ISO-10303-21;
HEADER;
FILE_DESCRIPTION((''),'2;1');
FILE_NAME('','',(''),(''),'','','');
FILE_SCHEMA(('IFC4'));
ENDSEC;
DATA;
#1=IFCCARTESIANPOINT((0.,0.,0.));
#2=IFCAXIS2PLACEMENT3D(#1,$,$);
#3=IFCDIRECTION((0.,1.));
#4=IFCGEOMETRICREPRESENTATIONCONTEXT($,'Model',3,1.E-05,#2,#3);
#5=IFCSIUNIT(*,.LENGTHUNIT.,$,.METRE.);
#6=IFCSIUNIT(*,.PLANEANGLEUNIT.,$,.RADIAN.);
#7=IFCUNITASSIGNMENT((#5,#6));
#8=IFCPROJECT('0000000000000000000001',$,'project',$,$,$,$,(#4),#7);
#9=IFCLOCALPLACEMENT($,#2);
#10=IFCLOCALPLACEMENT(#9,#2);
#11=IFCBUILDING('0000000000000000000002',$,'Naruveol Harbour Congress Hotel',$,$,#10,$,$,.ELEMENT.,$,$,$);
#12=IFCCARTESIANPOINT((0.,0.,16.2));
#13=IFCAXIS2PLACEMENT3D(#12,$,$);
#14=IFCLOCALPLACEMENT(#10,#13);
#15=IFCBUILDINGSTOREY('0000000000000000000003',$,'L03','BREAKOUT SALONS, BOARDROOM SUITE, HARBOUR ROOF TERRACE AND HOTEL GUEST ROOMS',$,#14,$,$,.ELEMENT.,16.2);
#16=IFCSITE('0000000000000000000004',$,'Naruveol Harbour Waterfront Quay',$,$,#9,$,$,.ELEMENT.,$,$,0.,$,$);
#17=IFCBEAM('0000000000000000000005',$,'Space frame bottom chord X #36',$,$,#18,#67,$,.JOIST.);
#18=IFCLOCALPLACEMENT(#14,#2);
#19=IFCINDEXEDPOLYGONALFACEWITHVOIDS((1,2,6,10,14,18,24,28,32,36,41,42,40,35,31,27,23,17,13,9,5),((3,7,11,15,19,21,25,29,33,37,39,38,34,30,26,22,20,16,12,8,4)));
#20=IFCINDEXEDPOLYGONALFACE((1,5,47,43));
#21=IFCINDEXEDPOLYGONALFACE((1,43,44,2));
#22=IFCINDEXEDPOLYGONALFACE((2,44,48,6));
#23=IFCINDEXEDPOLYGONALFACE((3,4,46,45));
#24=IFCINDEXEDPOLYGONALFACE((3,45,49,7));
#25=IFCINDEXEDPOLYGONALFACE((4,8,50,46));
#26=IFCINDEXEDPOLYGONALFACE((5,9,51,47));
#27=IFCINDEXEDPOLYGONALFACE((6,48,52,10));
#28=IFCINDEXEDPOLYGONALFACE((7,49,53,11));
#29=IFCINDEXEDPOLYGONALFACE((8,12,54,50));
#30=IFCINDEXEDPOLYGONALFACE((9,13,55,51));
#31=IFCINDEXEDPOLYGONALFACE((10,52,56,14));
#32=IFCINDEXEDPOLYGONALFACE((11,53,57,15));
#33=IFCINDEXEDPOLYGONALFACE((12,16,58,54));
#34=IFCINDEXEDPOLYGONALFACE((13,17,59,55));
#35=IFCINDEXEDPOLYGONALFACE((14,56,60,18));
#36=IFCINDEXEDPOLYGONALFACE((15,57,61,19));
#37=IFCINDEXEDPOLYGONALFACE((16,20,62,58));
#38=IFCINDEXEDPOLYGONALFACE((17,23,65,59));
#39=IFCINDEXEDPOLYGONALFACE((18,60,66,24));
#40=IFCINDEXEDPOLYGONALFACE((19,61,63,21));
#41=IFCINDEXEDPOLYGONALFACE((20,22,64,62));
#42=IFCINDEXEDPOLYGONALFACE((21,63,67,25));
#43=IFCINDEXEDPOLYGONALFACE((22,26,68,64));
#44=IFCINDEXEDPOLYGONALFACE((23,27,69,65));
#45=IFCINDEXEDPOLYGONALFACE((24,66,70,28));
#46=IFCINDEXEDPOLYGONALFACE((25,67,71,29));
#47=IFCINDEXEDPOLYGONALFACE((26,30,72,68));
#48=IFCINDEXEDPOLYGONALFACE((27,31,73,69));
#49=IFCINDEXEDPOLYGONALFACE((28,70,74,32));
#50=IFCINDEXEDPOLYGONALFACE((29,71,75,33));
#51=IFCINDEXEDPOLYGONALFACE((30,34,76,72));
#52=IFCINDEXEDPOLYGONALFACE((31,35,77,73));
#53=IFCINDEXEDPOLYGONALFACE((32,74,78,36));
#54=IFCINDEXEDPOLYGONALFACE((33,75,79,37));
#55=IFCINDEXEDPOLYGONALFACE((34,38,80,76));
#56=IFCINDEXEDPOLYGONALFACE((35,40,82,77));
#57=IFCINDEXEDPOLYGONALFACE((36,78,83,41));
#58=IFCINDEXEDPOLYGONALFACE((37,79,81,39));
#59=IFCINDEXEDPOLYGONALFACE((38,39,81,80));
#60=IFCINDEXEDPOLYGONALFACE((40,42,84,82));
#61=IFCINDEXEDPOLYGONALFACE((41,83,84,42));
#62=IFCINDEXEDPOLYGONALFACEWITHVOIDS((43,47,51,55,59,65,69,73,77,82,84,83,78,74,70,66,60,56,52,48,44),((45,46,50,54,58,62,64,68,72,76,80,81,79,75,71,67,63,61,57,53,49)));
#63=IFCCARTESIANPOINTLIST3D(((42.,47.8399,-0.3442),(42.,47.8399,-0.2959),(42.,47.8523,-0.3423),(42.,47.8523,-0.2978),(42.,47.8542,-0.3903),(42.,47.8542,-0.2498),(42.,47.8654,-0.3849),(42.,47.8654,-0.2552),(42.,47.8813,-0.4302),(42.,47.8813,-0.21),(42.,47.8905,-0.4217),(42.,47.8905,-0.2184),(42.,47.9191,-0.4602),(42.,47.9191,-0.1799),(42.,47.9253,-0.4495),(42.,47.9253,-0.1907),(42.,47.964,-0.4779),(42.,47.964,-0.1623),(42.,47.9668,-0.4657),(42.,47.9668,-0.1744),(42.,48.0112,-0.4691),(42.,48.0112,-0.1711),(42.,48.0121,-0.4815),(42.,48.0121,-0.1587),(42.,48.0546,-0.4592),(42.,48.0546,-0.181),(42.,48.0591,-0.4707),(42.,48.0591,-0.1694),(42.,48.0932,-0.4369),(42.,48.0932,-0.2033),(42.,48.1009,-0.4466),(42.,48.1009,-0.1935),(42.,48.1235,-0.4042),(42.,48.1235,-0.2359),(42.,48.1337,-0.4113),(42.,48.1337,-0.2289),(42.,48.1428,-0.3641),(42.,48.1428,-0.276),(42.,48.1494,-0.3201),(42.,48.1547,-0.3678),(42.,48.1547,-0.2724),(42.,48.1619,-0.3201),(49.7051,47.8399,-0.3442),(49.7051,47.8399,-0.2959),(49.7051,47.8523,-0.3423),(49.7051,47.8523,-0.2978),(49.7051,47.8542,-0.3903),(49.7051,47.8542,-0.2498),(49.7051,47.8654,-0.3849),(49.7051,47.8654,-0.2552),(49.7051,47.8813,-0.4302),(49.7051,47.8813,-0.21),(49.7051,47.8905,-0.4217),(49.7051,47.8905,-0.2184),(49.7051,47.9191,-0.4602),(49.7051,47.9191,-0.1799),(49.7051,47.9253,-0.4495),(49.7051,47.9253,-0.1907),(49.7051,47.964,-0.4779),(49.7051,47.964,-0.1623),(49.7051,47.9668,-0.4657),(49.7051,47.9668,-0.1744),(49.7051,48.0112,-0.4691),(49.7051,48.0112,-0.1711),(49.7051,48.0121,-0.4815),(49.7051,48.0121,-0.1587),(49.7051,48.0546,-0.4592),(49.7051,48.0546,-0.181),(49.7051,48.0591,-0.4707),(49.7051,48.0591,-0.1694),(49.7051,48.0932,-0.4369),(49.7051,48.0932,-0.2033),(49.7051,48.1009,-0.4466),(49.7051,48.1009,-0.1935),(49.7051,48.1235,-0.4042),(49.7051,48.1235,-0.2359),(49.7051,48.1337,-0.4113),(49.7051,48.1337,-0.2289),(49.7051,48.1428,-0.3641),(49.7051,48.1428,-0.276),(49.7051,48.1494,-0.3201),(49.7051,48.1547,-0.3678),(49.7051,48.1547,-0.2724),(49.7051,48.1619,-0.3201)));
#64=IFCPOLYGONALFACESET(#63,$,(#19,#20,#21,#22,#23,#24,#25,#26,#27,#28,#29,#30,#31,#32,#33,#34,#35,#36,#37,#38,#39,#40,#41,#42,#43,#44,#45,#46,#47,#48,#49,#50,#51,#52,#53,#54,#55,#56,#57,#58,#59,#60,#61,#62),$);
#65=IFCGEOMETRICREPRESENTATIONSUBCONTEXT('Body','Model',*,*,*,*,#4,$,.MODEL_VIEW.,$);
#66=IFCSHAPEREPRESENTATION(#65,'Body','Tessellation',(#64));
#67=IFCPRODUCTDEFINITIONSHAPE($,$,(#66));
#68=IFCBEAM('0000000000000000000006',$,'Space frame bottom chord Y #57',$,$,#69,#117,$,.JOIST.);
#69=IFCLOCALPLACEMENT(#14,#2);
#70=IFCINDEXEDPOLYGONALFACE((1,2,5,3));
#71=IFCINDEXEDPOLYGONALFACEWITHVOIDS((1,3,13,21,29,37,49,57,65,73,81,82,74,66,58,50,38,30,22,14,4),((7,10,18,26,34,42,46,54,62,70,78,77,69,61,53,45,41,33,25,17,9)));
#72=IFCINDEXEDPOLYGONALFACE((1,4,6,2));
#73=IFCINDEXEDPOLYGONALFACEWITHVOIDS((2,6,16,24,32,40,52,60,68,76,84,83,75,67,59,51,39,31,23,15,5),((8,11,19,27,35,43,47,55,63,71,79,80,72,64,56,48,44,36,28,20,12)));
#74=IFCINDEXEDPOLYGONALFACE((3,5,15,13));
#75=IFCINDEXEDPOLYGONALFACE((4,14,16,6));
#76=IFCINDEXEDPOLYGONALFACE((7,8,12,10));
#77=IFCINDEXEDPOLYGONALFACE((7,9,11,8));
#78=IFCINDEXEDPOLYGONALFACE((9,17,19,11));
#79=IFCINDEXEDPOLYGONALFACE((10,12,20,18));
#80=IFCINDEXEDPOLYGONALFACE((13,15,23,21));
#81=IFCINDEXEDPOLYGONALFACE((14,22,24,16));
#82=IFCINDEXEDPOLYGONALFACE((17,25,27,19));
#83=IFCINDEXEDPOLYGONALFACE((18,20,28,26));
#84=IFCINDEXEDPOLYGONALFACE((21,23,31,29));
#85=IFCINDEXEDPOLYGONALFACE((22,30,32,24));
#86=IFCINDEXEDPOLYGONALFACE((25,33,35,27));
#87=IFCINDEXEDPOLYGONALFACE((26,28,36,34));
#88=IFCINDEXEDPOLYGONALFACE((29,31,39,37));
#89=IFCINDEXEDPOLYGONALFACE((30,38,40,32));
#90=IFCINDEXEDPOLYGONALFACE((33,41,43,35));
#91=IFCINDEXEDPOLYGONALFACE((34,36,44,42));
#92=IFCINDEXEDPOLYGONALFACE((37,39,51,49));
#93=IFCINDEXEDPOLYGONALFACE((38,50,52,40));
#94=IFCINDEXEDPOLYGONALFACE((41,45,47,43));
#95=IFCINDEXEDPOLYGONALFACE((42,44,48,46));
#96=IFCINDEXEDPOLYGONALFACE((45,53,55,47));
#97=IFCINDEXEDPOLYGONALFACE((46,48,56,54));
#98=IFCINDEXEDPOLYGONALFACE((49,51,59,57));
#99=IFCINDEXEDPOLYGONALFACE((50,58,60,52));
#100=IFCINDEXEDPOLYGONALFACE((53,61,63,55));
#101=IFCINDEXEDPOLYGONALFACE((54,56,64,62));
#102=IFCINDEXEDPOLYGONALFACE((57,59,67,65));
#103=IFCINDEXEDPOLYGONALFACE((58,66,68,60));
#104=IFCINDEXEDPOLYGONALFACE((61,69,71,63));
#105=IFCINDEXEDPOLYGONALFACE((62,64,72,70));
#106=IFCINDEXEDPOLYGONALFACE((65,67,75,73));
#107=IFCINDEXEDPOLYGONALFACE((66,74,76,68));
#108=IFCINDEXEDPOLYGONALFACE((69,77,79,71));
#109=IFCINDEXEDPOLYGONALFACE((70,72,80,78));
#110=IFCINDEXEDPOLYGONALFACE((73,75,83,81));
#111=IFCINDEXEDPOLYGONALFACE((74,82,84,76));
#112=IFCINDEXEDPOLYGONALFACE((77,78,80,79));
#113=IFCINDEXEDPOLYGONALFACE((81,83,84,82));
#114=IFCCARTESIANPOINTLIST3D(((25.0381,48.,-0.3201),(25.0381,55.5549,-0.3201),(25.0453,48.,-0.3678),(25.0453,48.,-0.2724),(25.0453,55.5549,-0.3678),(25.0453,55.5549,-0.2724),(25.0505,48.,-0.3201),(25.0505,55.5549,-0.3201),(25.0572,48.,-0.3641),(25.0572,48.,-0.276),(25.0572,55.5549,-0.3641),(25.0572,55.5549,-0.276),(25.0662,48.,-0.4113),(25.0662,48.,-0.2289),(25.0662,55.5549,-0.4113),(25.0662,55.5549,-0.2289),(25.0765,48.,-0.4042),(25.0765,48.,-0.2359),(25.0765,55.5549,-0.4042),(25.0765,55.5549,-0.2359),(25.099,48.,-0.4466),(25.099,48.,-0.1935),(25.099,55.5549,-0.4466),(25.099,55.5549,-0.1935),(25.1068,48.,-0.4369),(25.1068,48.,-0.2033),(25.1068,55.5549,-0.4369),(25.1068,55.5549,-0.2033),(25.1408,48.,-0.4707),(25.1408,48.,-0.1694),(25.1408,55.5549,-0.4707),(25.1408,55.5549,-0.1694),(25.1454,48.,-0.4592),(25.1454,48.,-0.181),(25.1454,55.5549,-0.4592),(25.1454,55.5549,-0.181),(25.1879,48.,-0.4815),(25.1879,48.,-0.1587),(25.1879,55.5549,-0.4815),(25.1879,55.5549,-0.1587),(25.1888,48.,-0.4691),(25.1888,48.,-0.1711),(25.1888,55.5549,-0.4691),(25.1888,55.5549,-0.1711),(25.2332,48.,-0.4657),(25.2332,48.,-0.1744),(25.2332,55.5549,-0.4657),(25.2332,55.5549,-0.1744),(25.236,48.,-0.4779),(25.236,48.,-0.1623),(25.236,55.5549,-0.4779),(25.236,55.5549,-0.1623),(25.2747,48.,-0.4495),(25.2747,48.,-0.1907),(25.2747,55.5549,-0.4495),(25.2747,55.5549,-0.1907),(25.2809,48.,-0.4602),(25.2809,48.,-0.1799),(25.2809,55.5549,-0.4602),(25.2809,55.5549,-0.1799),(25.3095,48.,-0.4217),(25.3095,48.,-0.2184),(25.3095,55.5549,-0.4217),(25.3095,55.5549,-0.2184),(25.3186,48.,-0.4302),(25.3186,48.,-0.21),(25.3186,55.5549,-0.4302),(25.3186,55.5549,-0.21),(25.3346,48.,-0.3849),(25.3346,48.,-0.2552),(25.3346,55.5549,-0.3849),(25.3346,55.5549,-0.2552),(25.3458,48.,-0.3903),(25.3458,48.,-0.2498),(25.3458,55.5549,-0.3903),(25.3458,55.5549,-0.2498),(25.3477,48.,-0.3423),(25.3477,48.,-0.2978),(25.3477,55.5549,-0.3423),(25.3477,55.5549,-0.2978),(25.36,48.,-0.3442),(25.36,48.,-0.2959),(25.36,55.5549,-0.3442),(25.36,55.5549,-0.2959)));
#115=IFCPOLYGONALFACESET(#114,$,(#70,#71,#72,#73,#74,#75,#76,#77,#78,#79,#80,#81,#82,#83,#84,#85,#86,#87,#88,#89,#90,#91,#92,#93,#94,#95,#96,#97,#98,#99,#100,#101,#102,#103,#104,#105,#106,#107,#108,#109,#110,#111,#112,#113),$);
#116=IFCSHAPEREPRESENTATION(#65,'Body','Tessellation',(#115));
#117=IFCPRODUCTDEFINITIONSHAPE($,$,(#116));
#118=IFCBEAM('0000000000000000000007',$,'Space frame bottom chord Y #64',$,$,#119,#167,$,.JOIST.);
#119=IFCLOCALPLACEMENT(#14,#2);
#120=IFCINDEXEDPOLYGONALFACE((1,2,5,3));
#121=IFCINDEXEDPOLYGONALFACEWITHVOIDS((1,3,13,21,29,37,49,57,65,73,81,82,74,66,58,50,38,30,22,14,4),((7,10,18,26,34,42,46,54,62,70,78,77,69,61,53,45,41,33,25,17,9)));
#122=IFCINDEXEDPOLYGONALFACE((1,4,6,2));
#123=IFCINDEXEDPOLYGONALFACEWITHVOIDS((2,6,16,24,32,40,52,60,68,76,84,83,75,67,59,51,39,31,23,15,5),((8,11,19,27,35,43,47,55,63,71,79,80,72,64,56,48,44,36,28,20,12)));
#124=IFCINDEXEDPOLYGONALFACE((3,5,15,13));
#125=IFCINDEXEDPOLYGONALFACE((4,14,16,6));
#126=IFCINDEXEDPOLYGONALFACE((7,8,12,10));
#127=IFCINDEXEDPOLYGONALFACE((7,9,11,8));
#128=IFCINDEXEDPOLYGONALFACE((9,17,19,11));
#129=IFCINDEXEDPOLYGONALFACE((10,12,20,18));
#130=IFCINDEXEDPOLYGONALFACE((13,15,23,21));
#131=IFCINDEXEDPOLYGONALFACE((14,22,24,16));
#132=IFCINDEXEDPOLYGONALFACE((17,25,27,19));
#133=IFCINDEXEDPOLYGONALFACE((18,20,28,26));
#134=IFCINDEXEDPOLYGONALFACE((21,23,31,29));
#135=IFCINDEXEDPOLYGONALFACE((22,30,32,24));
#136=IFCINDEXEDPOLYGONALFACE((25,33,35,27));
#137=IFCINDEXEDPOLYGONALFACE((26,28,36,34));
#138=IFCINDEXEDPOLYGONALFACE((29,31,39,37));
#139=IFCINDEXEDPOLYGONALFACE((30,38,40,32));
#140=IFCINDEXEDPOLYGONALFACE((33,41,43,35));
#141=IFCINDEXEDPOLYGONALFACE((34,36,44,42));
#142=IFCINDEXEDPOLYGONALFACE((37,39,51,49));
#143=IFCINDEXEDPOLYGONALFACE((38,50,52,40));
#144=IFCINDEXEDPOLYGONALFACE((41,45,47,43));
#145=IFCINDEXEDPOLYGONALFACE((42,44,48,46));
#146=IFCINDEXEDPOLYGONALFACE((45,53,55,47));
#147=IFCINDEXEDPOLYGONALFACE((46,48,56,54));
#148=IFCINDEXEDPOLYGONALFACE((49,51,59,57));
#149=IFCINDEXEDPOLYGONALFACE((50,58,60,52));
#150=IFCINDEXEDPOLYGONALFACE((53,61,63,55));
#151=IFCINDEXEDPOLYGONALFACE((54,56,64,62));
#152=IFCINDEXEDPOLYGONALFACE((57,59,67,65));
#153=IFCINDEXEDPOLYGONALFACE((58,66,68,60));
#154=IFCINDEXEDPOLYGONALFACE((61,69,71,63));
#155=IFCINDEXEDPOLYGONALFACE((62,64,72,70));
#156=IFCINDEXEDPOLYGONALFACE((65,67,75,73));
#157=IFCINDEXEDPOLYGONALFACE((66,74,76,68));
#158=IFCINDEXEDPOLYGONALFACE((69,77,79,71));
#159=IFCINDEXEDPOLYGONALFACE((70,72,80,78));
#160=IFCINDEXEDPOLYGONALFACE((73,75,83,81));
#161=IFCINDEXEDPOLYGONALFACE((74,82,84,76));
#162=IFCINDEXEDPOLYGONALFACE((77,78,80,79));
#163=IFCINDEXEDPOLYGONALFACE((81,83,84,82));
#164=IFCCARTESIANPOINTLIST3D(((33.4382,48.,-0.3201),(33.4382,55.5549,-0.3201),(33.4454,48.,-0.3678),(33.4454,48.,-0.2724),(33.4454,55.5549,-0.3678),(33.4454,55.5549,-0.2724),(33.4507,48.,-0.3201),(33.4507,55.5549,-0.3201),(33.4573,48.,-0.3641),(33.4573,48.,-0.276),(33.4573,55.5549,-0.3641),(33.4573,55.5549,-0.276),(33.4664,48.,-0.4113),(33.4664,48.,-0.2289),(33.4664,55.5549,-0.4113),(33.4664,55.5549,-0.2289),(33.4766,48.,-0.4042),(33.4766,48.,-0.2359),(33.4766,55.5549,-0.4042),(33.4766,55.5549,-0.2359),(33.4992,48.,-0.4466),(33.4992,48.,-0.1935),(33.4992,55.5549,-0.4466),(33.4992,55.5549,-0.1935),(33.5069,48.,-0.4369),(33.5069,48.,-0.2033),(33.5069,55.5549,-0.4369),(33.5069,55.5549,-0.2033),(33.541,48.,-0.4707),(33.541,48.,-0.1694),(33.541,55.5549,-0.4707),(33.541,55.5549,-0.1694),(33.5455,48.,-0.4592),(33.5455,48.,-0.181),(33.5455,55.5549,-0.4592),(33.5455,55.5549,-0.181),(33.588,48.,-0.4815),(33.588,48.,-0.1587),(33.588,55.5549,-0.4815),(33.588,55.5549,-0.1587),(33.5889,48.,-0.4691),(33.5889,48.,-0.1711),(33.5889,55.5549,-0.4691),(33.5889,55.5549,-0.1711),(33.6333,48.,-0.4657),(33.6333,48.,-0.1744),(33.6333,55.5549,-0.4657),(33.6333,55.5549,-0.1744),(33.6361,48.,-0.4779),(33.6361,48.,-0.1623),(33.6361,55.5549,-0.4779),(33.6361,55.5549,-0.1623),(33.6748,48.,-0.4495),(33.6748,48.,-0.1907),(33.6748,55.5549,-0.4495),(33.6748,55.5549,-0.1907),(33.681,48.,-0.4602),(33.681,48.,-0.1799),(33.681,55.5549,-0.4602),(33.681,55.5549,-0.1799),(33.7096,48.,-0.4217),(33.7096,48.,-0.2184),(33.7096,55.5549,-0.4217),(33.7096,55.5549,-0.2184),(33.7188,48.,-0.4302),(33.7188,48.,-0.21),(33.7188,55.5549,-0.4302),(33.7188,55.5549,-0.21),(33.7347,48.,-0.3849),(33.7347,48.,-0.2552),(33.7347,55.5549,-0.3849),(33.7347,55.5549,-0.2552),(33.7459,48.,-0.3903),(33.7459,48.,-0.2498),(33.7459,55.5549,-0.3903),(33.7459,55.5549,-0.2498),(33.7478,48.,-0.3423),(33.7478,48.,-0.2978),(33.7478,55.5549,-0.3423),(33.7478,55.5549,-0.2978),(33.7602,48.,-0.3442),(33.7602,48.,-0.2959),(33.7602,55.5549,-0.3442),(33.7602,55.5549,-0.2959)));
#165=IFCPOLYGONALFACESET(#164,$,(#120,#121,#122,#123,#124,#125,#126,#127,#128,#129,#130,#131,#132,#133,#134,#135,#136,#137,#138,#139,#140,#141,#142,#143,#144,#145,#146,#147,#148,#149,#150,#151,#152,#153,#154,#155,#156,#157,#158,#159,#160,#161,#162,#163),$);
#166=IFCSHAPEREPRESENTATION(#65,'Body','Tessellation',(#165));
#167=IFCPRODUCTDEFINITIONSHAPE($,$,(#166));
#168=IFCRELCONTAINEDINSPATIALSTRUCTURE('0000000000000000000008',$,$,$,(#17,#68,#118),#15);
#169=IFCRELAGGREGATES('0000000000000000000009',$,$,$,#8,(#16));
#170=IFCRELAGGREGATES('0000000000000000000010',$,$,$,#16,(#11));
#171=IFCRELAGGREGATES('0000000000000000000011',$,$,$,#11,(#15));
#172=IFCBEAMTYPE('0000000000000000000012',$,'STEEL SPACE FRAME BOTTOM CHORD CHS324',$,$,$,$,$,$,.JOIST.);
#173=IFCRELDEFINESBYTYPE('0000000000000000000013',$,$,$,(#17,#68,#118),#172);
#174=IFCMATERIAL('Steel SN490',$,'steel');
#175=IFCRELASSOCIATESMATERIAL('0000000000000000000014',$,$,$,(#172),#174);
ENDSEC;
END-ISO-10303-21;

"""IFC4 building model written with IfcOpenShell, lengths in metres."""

from ifc_helpers import new_model, si_unit, direction, frame, origin, origin_2d, place, context, subcontext, project, spatial, hollow_circle, extrude, material, material_profile, profile_set, type_object, element, save


model = new_model("IFC4")

# Units and contexts
model_context = context("Model", 3, precision=1e-05, world=origin(), true_north=direction((0.0, 1.0)))
body_context = subcontext(model_context, "Body", "Model", "MODEL_VIEW")
ifc_project = project(units=[si_unit("LENGTHUNIT", "METRE"), si_unit("PLANEANGLEUNIT", "RADIAN")], contexts=[model_context])

# Site, building, storey
site_placement = place(None, origin())
site = spatial("IfcSite", under=ifc_project, at=site_placement, Name="Naruveol Harbour Waterfront Quay", CompositionType="ELEMENT", RefElevation=0.0)
building_placement = place(site_placement, origin())
building = spatial("IfcBuilding", under=site, at=building_placement, Name="Naruveol Harbour Congress Hotel", CompositionType="ELEMENT")
storey_placement = place(building_placement, frame((0.0, 0.0, 16.2)))
storey = spatial("IfcBuildingStorey", under=building, at=storey_placement, Name="L03", Description="BREAKOUT SALONS, BOARDROOM SUITE, HARBOUR ROOF TERRACE AND HOTEL GUEST ROOMS", CompositionType="ELEMENT", Elevation=16.2)

# Beams
ifc_material_1 = material(Name="Steel SN490", Category="steel")
ifc_material_profile_1 = material_profile(ifc_material_1, hollow_circle(Radius=0.1619, WallThickness=0.0125, at=origin_2d()), Name="CHS-323.9x12.5")
ifc_profile_set_1 = profile_set([ifc_material_profile_1], Name="Steel SN490")
beam_type_1 = type_object("IfcBeamType", Name="STEEL SPACE FRAME BOTTOM CHORD CHS324", PredefinedType="JOIST", material=ifc_profile_set_1)
beam_1_placement = place(storey_placement, frame((42.0, 48.0, -0.3201), z_axis=(1.0, 0.0, 0.0), x_axis=(0.0, 1.0, 0.0)))
element("IfcBeam", 1, at=beam_1_placement, inside=storey, type_object=beam_type_1, Name="Space frame bottom chord X #36", PredefinedType="JOIST", context=body_context, shape_type="SweptSolid", body=[
    extrude(hollow_circle(Radius=0.1619, WallThickness=0.0125, at=origin_2d()), origin(), (0.0, 0.0, 1.0), 7.7051),
])
for number, where, z_axis, x_axis, name in (
    (2, (25.2, 48.0, -0.3201), (0.0, 1.0, 0.0), (-1.0, 0.0, 0.0), "Space frame bottom chord Y #57"),
    (3, (33.6001, 48.0, -0.3201), (0.0, 1.0, 0.0), (-1.0, 0.0, 0.0), "Space frame bottom chord Y #64"),
):
    element("IfcBeam", number, at=place(storey_placement, frame(where, z_axis=z_axis, x_axis=x_axis)), inside=storey, type_object=beam_type_1, Name=name, PredefinedType="JOIST", context=body_context, shape_type="SweptSolid", body=[
        extrude(hollow_circle(Radius=0.1619, WallThickness=0.0125, at=origin_2d()), origin(), (0.0, 0.0, 1.0), 7.5549),
    ])

save(model, "model.ifc")
